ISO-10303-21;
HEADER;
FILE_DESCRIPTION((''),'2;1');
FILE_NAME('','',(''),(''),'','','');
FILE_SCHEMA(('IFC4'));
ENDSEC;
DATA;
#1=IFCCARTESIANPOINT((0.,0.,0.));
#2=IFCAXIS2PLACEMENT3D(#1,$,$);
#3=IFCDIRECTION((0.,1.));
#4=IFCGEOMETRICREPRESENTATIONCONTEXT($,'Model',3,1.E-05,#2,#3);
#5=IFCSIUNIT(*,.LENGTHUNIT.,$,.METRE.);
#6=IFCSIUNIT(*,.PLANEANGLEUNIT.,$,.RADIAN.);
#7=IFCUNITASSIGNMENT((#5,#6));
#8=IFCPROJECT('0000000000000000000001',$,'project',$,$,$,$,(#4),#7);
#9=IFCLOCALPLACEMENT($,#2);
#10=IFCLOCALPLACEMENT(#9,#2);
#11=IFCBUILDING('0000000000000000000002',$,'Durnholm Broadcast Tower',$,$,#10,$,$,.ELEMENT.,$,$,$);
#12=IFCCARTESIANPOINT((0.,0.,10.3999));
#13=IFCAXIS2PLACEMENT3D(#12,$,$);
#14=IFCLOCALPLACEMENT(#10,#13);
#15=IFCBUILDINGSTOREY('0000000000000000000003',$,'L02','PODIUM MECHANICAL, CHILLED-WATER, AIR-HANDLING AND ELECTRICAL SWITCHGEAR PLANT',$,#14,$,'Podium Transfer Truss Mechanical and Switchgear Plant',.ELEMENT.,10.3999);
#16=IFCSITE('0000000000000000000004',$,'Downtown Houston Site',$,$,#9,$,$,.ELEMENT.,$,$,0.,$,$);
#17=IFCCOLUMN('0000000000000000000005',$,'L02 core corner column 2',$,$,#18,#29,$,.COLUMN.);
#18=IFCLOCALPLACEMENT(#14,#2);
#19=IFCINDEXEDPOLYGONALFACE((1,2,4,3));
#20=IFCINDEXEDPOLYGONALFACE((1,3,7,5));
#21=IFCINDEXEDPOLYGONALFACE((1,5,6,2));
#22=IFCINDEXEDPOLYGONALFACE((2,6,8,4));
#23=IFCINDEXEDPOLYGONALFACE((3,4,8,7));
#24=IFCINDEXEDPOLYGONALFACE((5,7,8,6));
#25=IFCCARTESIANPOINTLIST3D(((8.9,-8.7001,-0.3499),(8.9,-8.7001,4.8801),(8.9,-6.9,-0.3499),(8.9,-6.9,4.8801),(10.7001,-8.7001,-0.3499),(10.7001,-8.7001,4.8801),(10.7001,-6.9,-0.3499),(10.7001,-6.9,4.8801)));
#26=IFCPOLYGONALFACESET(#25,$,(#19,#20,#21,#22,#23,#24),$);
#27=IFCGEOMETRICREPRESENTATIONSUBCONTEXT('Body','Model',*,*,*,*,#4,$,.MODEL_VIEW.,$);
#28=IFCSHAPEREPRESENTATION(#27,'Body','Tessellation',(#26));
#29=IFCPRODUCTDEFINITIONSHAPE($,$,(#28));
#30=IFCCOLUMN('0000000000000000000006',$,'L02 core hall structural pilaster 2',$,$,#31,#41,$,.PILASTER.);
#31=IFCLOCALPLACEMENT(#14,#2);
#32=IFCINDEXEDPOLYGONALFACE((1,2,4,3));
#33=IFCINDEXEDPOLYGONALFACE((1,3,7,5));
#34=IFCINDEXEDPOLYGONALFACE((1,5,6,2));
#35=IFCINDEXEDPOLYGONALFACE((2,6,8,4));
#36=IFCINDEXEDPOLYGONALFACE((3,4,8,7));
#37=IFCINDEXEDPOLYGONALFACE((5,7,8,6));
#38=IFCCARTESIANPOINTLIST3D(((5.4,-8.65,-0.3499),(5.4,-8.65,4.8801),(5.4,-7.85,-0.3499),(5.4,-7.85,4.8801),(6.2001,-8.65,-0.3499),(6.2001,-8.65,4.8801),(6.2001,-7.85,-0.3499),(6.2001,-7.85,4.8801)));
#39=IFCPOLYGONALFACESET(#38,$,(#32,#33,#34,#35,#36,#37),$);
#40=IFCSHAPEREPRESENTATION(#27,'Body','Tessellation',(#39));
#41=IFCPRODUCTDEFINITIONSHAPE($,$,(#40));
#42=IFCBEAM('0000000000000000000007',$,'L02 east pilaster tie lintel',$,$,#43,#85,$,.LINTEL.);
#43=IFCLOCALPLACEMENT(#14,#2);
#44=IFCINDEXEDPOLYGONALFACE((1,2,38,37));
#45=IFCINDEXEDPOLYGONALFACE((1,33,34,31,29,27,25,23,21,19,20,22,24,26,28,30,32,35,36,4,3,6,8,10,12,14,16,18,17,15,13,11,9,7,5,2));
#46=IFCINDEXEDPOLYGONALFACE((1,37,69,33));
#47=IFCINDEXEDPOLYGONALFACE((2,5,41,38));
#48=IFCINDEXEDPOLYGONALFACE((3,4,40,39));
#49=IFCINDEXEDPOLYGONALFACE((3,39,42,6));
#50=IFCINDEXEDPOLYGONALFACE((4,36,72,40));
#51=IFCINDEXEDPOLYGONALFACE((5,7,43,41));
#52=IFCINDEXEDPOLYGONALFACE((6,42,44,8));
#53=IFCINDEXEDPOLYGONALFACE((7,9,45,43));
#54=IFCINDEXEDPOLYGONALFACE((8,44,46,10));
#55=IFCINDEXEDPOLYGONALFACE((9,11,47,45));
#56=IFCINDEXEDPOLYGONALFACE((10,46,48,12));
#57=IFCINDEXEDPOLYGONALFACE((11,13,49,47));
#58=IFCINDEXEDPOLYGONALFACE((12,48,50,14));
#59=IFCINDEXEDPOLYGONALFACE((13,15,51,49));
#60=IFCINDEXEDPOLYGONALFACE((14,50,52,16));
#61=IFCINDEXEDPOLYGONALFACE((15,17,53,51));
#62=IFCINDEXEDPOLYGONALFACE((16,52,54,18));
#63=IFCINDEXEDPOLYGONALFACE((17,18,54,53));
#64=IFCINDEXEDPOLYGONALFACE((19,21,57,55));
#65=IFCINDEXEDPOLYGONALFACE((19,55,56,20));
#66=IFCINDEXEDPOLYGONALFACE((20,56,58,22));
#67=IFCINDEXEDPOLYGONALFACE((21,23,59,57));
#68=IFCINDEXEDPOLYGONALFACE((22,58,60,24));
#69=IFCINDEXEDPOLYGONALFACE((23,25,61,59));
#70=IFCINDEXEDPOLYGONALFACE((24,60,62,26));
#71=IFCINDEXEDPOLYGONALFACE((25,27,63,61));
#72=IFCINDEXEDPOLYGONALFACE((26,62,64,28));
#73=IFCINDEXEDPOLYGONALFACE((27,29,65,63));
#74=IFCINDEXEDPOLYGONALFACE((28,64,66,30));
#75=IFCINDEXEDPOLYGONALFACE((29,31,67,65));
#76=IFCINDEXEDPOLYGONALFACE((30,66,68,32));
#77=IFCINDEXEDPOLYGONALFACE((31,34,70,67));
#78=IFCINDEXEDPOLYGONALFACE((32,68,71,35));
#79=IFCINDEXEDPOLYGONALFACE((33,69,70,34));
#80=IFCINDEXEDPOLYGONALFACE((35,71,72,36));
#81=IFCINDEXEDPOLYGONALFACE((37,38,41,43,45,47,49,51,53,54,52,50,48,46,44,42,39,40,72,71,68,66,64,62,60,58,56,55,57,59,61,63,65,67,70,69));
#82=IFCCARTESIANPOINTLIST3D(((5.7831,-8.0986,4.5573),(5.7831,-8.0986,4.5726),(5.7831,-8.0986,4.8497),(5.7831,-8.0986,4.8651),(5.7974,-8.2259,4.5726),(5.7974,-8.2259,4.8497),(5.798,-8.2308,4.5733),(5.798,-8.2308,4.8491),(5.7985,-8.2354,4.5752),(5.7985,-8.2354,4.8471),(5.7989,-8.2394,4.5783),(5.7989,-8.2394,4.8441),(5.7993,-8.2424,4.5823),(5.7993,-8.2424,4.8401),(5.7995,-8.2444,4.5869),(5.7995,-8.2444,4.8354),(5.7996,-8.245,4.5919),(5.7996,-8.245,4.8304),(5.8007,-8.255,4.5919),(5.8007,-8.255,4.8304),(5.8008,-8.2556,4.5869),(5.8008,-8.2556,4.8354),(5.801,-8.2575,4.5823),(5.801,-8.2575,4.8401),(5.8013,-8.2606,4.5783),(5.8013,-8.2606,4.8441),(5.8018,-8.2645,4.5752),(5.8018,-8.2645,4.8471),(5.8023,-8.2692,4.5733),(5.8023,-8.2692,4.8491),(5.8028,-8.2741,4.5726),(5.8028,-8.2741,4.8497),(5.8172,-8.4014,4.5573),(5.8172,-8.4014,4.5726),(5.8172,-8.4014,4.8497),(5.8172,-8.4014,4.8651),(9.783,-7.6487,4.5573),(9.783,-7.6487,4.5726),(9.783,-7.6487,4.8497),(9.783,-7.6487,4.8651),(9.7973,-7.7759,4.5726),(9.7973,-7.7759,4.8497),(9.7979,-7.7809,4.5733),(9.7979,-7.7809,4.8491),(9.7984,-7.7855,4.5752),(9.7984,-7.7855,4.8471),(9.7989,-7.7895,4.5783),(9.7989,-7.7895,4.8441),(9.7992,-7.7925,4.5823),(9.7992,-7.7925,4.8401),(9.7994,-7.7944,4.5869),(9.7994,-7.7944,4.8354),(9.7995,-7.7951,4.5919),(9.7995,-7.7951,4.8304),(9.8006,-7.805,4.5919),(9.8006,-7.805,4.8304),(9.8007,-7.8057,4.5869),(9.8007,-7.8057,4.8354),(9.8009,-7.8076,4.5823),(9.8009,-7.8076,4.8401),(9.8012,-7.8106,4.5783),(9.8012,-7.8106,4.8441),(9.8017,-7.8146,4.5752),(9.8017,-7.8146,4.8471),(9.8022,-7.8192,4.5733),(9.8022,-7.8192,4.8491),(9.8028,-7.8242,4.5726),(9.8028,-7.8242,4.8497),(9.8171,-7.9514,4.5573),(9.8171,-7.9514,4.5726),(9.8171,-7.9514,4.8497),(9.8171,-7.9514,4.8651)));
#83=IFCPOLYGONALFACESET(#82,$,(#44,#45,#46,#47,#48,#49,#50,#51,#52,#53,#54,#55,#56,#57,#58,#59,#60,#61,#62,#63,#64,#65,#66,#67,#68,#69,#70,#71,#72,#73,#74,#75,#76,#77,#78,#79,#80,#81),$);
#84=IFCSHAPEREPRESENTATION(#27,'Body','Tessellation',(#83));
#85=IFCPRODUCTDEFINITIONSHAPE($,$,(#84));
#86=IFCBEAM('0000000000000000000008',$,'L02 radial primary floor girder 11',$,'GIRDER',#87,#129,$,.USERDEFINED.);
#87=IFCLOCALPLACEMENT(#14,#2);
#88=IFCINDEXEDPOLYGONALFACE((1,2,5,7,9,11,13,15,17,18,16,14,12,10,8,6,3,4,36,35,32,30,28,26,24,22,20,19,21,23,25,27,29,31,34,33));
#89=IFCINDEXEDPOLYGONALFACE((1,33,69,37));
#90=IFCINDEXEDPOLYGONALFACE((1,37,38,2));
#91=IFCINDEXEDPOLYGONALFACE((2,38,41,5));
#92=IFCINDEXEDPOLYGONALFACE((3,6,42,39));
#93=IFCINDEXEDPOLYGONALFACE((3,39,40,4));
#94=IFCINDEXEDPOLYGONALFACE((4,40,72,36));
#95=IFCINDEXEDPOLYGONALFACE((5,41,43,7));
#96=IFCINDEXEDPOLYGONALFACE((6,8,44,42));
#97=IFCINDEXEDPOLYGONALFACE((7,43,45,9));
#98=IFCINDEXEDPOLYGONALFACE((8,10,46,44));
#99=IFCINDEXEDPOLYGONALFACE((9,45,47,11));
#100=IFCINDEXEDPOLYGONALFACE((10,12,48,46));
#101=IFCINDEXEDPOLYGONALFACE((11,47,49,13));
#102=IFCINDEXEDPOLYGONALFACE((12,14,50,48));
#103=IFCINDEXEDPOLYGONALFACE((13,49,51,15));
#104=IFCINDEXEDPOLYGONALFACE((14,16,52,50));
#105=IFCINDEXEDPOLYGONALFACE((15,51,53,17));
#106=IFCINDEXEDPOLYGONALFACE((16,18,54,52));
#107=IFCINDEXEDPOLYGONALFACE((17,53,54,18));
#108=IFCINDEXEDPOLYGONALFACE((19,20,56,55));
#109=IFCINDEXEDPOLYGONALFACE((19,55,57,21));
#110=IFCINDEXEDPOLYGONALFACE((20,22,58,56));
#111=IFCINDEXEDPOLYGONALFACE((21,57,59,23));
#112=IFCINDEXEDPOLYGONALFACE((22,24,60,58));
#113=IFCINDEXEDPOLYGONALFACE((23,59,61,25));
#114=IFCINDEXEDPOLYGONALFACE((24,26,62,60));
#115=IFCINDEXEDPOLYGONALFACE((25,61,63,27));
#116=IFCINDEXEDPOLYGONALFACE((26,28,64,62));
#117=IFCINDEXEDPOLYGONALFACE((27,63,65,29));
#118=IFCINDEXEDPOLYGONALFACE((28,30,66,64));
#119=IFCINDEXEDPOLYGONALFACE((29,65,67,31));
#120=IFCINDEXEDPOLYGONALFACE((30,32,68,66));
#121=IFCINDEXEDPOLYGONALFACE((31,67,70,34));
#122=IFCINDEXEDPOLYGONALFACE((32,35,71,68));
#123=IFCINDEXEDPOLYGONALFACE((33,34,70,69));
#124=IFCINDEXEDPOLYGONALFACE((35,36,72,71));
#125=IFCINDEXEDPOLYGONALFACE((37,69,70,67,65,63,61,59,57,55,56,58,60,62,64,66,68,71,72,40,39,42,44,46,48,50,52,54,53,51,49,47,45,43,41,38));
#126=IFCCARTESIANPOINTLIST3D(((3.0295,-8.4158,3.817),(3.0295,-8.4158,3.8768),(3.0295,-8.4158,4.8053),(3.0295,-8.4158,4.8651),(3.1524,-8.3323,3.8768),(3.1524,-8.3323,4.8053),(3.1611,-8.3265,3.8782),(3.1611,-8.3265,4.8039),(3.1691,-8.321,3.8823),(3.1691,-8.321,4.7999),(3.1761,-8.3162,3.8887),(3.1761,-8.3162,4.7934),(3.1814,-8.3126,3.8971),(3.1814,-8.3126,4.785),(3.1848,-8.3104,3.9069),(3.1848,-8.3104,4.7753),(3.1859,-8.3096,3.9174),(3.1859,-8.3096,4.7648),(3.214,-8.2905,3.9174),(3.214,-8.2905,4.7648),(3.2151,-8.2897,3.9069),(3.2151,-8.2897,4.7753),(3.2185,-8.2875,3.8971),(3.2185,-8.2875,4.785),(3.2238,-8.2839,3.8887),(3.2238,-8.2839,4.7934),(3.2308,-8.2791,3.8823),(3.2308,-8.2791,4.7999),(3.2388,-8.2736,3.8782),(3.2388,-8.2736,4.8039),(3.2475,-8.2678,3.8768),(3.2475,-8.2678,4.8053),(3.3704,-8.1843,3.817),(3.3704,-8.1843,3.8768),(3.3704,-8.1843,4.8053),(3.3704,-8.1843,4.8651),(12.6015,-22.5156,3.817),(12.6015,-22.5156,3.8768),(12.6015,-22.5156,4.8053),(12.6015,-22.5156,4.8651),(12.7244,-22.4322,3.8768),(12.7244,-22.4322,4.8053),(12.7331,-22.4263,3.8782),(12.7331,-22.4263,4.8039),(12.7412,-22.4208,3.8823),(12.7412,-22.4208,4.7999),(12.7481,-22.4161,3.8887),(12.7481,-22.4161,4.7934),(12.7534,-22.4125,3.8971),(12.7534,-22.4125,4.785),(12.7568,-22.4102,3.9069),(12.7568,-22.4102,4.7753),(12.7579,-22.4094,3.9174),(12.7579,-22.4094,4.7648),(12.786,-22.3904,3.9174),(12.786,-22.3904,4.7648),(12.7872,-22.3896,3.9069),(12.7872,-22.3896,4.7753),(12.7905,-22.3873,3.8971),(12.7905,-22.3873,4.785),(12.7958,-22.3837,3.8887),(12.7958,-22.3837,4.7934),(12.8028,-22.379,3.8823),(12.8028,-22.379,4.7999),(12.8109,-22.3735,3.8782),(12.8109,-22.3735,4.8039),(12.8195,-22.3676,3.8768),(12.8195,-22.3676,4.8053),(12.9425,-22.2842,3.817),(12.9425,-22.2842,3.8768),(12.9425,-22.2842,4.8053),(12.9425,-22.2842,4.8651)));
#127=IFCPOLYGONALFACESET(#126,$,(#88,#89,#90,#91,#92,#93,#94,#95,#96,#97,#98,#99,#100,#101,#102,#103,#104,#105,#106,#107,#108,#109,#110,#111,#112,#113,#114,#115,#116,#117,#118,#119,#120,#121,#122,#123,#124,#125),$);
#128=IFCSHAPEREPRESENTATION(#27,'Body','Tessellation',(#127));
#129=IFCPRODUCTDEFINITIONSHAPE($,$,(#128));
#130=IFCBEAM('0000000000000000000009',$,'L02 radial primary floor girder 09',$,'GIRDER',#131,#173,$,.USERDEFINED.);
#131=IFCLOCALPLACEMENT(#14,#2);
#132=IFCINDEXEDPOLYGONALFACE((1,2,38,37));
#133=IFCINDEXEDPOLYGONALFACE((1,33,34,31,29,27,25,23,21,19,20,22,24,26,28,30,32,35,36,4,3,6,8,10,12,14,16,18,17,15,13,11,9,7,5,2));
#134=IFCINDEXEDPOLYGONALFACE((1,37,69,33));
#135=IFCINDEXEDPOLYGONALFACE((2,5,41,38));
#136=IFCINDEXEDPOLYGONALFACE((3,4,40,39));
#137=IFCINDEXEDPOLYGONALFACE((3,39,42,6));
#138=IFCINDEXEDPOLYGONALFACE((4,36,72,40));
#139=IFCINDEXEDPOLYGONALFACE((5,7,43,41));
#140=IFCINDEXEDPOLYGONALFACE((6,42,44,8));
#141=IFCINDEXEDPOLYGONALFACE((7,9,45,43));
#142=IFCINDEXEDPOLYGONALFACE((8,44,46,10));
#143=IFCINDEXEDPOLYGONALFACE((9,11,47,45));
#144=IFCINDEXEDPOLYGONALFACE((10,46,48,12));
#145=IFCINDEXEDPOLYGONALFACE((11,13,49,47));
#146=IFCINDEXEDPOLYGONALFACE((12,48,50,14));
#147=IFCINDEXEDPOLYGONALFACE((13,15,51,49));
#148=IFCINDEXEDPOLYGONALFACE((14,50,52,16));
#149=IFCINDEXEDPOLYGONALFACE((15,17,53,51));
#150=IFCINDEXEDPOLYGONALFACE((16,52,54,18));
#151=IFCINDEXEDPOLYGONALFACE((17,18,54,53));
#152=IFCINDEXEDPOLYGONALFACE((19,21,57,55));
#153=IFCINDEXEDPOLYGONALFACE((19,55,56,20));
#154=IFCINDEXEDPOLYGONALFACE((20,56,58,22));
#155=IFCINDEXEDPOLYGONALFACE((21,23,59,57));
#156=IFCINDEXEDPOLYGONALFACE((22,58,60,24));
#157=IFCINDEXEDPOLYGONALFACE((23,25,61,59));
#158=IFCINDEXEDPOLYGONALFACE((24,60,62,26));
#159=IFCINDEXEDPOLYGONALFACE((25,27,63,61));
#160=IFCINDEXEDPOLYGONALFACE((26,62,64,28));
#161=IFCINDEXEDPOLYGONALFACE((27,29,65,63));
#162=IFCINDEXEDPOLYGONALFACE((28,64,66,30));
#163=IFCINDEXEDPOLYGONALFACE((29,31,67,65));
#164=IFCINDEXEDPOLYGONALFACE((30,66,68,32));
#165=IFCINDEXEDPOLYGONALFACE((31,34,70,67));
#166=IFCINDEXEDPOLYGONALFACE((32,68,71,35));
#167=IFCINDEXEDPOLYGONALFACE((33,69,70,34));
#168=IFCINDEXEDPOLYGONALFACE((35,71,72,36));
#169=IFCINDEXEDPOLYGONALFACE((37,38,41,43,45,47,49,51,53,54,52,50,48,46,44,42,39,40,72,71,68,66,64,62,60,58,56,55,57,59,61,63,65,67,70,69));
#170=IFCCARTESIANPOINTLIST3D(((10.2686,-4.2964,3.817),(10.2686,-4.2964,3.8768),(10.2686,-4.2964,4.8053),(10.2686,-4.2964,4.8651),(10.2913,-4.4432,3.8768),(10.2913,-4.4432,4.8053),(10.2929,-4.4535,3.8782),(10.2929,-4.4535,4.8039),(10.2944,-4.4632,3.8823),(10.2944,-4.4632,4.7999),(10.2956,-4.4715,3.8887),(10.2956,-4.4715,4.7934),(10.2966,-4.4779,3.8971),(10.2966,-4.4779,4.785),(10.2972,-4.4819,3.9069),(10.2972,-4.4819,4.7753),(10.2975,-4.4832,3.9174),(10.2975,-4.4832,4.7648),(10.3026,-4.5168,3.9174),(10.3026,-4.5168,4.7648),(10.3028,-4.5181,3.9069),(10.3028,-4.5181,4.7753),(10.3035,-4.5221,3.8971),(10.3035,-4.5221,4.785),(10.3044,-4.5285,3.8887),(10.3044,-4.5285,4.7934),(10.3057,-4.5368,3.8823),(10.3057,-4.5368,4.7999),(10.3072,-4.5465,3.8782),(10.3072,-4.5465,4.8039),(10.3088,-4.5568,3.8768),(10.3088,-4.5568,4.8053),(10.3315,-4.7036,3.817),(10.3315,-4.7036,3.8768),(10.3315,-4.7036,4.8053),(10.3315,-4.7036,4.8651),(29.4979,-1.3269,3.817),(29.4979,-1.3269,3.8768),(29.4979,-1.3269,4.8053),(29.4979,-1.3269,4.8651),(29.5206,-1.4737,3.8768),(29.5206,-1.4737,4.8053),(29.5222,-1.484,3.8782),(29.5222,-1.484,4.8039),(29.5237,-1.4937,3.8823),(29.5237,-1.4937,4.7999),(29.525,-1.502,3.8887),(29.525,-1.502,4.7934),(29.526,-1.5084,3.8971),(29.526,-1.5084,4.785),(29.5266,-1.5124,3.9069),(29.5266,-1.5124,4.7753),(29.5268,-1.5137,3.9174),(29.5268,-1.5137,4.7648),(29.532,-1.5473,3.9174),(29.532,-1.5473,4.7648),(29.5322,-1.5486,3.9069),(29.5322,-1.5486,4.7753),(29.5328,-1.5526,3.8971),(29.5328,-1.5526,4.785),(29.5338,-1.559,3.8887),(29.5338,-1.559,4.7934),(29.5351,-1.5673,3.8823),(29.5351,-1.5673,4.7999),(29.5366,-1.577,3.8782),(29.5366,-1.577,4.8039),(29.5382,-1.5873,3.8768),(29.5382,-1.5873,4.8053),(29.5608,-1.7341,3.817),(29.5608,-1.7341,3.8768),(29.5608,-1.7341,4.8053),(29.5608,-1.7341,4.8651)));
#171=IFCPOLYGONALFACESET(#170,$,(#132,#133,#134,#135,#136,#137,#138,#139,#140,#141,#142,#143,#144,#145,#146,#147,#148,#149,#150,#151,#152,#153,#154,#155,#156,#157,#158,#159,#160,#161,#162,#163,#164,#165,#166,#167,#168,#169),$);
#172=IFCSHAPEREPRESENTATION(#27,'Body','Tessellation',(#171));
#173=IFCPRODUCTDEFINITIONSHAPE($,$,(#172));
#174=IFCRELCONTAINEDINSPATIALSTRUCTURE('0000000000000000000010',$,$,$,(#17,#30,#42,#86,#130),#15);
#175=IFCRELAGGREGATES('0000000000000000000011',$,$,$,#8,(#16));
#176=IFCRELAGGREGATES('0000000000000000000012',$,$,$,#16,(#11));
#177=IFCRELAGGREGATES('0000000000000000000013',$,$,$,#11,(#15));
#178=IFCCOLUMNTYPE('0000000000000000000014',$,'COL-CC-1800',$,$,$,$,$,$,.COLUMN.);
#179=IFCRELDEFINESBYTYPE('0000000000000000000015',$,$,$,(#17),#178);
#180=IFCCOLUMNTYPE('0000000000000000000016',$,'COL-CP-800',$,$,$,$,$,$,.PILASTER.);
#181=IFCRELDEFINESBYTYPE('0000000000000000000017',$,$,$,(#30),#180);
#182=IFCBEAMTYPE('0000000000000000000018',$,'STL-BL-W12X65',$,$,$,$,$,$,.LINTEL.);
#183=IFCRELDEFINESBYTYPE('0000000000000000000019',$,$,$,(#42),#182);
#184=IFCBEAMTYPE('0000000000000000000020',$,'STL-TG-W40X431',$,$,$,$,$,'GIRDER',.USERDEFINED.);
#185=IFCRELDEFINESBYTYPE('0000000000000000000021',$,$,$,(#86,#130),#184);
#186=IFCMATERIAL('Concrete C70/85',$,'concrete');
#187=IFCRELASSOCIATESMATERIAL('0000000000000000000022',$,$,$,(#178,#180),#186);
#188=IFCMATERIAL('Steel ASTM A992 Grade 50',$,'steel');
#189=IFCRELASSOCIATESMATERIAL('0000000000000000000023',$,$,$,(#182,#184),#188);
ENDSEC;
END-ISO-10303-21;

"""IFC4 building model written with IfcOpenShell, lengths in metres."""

from ifc_helpers import new_model, si_unit, direction, frame, origin, origin_2d, place, context, subcontext, project, spatial, rectangle, i_section, extrude, source, transform, mapped, material, material_profile, profile_set, type_object, type_shapes, element, save


model = new_model("IFC4")

# Units and contexts
model_context = context("Model", 3, precision=1e-05, world=origin(), true_north=direction((0.0, 1.0)))
body_context = subcontext(model_context, "Body", "Model", "MODEL_VIEW")
ifc_project = project(units=[si_unit("LENGTHUNIT", "METRE"), si_unit("PLANEANGLEUNIT", "RADIAN")], contexts=[model_context])

# Site, building, storey
site_placement = place(None, origin())
site = spatial("IfcSite", under=ifc_project, at=site_placement, Name="Downtown Houston Site", CompositionType="ELEMENT", RefElevation=0.0)
building_placement = place(site_placement, origin())
building = spatial("IfcBuilding", under=site, at=building_placement, Name="Durnholm Broadcast Tower", CompositionType="ELEMENT")
storey_placement = place(building_placement, frame((0.0, 0.0, 10.3999)))
storey = spatial("IfcBuildingStorey", under=building, at=storey_placement, Name="L02", Description="PODIUM MECHANICAL, CHILLED-WATER, AIR-HANDLING AND ELECTRICAL SWITCHGEAR PLANT", LongName="Podium Transfer Truss Mechanical and Switchgear Plant", CompositionType="ELEMENT", Elevation=10.3999)

# Columns
ifc_material_1 = material(Name="Concrete C70/85", Category="concrete")
ifc_material_profile_1 = material_profile(ifc_material_1, rectangle(XDim=1.8, YDim=1.8, at=origin_2d()), Name="RC1800X1800")
ifc_profile_set_1 = profile_set([ifc_material_profile_1], Name="Concrete C70/85")
column_type_1 = type_object("IfcColumnType", Name="COL-CC-1800", PredefinedType="COLUMN", material=ifc_profile_set_1)
shared_shape_1 = source(origin(), body_context, "Body", "SweptSolid", [
    extrude(rectangle(XDim=1.8, YDim=1.8, at=origin_2d()), origin(), (0.0, 0.0, 1.0), 5.23),
])
type_shapes(column_type_1, [shared_shape_1])
column_1_placement = place(storey_placement, frame((9.8, -7.8, -0.3499), z_axis=(0.0, 0.0, 1.0), x_axis=(1.0, 0.0, 0.0)))
element("IfcColumn", 1, at=column_1_placement, inside=storey, type_object=column_type_1, Name="L02 core corner column 2", PredefinedType="COLUMN", context=body_context, shape_type="MappedRepresentation", body=[
    mapped(shared_shape_1, transform((0.0, 0.0, 0.0), x_axis=(1.0, 0.0, 0.0), y_axis=(0.0, 1.0, 0.0), z_axis=(0.0, 0.0, 1.0), scale=1.0)),
])
ifc_material_profile_2 = material_profile(ifc_material_1, rectangle(XDim=0.8, YDim=0.8, at=origin_2d()), Name="RC800X800")
ifc_profile_set_2 = profile_set([ifc_material_profile_2], Name="Concrete C70/85")
column_type_2 = type_object("IfcColumnType", Name="COL-CP-800", PredefinedType="PILASTER", material=ifc_profile_set_2)
shared_shape_2 = source(origin(), body_context, "Body", "SweptSolid", [
    extrude(rectangle(XDim=0.8, YDim=0.8, at=origin_2d()), origin(), (0.0, 0.0, 1.0), 5.23),
])
type_shapes(column_type_2, [shared_shape_2])
column_2_placement = place(storey_placement, frame((5.8, -8.25, -0.3499), z_axis=(0.0, 0.0, 1.0), x_axis=(1.0, 0.0, 0.0)))
element("IfcColumn", 2, at=column_2_placement, inside=storey, type_object=column_type_2, Name="L02 core hall structural pilaster 2", PredefinedType="PILASTER", context=body_context, shape_type="MappedRepresentation", body=[
    mapped(shared_shape_2, transform((0.0, 0.0, 0.0), x_axis=(1.0, 0.0, 0.0), y_axis=(0.0, 1.0, 0.0), z_axis=(0.0, 0.0, 1.0), scale=1.0)),
])

# Beams
ifc_material_2 = material(Name="Steel ASTM A992 Grade 50", Category="steel")
ifc_material_profile_3 = material_profile(ifc_material_2, i_section(OverallWidth=0.3047, OverallDepth=0.3079, WebThickness=0.01, FlangeThickness=0.0154, FilletRadius=0.0193, at=origin_2d()), Name="W12X65")
ifc_profile_set_3 = profile_set([ifc_material_profile_3], Name="Steel ASTM A992 Grade 50")
beam_type_1 = type_object("IfcBeamType", Name="STL-BL-W12X65", PredefinedType="LINTEL", material=ifc_profile_set_3)
shared_shape_3 = source(origin(), body_context, "Body", "SweptSolid", [
    extrude(i_section(OverallWidth=0.3047, OverallDepth=0.3079, WebThickness=0.01, FlangeThickness=0.0154, FilletRadius=0.0193, at=origin_2d()), origin(), (0.0, 0.0, 1.0), 4.0251),
])
type_shapes(beam_type_1, [shared_shape_3])
beam_1_placement = place(storey_placement, frame((9.8, -7.8, 4.7112), z_axis=(-0.993733, -0.111783, 0.0), x_axis=(0.111783, -0.993733, 0.0)))
element("IfcBeam", 3, at=beam_1_placement, inside=storey, type_object=beam_type_1, Name="L02 east pilaster tie lintel", PredefinedType="LINTEL", context=body_context, shape_type="MappedRepresentation", body=[
    mapped(shared_shape_3, transform((0.0, 0.0, 0.0), x_axis=(1.0, 0.0, 0.0), y_axis=(0.0, 1.0, 0.0), z_axis=(0.0, 0.0, 1.0), scale=1.0)),
])
ifc_material_profile_4 = material_profile(ifc_material_2, i_section(OverallWidth=0.4121, OverallDepth=1.0481, WebThickness=0.0339, FlangeThickness=0.0598, FilletRadius=0.0405, at=origin_2d()), Name="W40X431")
ifc_profile_set_4 = profile_set([ifc_material_profile_4], Name="Steel ASTM A992 Grade 50")
beam_type_2 = type_object("IfcBeamType", Name="STL-TG-W40X431", ElementType="GIRDER", PredefinedType="USERDEFINED", material=ifc_profile_set_4)
shared_shape_4 = source(origin(), body_context, "Body", "SweptSolid", [
    extrude(i_section(OverallWidth=0.4121, OverallDepth=1.0481, WebThickness=0.0339, FlangeThickness=0.0598, FilletRadius=0.0405, at=origin_2d()), origin(), (0.0, 0.0, 1.0), 17.042),
])
beam_2_placement = place(storey_placement, frame((3.2, -8.3, 4.3411), z_axis=(0.561673, -0.82736, 0.0), x_axis=(0.82736, 0.561673, 0.0)))
element("IfcBeam", 4, at=beam_2_placement, inside=storey, type_object=beam_type_2, Name="L02 radial primary floor girder 11", ObjectType="GIRDER", PredefinedType="USERDEFINED", context=body_context, shape_type="MappedRepresentation", body=[
    mapped(shared_shape_4, transform((0.0, 0.0, 0.0), x_axis=(1.0, 0.0, 0.0), y_axis=(0.0, 1.0, 0.0), z_axis=(0.0, 0.0, 1.0), scale=1.0)),
])
shared_shape_5 = source(origin(), body_context, "Body", "SweptSolid", [
    extrude(i_section(OverallWidth=0.4121, OverallDepth=1.0481, WebThickness=0.0339, FlangeThickness=0.0598, FilletRadius=0.0405, at=origin_2d()), origin(), (0.0, 0.0, 1.0), 19.4573),
])
type_shapes(beam_type_2, [shared_shape_4, shared_shape_5])
beam_3_placement = place(storey_placement, frame((10.3, -4.5, 4.3411), z_axis=(0.988286, 0.152616, 0.0), x_axis=(-0.152616, 0.988286, 0.0)))
element("IfcBeam", 5, at=beam_3_placement, inside=storey, type_object=beam_type_2, Name="L02 radial primary floor girder 09", ObjectType="GIRDER", PredefinedType="USERDEFINED", context=body_context, shape_type="MappedRepresentation", body=[
    mapped(shared_shape_5, transform((0.0, 0.0, 0.0), x_axis=(1.0, 0.0, 0.0), y_axis=(0.0, 1.0, 0.0), z_axis=(0.0, 0.0, 1.0), scale=1.0)),
])

save(model, "model.ifc")
